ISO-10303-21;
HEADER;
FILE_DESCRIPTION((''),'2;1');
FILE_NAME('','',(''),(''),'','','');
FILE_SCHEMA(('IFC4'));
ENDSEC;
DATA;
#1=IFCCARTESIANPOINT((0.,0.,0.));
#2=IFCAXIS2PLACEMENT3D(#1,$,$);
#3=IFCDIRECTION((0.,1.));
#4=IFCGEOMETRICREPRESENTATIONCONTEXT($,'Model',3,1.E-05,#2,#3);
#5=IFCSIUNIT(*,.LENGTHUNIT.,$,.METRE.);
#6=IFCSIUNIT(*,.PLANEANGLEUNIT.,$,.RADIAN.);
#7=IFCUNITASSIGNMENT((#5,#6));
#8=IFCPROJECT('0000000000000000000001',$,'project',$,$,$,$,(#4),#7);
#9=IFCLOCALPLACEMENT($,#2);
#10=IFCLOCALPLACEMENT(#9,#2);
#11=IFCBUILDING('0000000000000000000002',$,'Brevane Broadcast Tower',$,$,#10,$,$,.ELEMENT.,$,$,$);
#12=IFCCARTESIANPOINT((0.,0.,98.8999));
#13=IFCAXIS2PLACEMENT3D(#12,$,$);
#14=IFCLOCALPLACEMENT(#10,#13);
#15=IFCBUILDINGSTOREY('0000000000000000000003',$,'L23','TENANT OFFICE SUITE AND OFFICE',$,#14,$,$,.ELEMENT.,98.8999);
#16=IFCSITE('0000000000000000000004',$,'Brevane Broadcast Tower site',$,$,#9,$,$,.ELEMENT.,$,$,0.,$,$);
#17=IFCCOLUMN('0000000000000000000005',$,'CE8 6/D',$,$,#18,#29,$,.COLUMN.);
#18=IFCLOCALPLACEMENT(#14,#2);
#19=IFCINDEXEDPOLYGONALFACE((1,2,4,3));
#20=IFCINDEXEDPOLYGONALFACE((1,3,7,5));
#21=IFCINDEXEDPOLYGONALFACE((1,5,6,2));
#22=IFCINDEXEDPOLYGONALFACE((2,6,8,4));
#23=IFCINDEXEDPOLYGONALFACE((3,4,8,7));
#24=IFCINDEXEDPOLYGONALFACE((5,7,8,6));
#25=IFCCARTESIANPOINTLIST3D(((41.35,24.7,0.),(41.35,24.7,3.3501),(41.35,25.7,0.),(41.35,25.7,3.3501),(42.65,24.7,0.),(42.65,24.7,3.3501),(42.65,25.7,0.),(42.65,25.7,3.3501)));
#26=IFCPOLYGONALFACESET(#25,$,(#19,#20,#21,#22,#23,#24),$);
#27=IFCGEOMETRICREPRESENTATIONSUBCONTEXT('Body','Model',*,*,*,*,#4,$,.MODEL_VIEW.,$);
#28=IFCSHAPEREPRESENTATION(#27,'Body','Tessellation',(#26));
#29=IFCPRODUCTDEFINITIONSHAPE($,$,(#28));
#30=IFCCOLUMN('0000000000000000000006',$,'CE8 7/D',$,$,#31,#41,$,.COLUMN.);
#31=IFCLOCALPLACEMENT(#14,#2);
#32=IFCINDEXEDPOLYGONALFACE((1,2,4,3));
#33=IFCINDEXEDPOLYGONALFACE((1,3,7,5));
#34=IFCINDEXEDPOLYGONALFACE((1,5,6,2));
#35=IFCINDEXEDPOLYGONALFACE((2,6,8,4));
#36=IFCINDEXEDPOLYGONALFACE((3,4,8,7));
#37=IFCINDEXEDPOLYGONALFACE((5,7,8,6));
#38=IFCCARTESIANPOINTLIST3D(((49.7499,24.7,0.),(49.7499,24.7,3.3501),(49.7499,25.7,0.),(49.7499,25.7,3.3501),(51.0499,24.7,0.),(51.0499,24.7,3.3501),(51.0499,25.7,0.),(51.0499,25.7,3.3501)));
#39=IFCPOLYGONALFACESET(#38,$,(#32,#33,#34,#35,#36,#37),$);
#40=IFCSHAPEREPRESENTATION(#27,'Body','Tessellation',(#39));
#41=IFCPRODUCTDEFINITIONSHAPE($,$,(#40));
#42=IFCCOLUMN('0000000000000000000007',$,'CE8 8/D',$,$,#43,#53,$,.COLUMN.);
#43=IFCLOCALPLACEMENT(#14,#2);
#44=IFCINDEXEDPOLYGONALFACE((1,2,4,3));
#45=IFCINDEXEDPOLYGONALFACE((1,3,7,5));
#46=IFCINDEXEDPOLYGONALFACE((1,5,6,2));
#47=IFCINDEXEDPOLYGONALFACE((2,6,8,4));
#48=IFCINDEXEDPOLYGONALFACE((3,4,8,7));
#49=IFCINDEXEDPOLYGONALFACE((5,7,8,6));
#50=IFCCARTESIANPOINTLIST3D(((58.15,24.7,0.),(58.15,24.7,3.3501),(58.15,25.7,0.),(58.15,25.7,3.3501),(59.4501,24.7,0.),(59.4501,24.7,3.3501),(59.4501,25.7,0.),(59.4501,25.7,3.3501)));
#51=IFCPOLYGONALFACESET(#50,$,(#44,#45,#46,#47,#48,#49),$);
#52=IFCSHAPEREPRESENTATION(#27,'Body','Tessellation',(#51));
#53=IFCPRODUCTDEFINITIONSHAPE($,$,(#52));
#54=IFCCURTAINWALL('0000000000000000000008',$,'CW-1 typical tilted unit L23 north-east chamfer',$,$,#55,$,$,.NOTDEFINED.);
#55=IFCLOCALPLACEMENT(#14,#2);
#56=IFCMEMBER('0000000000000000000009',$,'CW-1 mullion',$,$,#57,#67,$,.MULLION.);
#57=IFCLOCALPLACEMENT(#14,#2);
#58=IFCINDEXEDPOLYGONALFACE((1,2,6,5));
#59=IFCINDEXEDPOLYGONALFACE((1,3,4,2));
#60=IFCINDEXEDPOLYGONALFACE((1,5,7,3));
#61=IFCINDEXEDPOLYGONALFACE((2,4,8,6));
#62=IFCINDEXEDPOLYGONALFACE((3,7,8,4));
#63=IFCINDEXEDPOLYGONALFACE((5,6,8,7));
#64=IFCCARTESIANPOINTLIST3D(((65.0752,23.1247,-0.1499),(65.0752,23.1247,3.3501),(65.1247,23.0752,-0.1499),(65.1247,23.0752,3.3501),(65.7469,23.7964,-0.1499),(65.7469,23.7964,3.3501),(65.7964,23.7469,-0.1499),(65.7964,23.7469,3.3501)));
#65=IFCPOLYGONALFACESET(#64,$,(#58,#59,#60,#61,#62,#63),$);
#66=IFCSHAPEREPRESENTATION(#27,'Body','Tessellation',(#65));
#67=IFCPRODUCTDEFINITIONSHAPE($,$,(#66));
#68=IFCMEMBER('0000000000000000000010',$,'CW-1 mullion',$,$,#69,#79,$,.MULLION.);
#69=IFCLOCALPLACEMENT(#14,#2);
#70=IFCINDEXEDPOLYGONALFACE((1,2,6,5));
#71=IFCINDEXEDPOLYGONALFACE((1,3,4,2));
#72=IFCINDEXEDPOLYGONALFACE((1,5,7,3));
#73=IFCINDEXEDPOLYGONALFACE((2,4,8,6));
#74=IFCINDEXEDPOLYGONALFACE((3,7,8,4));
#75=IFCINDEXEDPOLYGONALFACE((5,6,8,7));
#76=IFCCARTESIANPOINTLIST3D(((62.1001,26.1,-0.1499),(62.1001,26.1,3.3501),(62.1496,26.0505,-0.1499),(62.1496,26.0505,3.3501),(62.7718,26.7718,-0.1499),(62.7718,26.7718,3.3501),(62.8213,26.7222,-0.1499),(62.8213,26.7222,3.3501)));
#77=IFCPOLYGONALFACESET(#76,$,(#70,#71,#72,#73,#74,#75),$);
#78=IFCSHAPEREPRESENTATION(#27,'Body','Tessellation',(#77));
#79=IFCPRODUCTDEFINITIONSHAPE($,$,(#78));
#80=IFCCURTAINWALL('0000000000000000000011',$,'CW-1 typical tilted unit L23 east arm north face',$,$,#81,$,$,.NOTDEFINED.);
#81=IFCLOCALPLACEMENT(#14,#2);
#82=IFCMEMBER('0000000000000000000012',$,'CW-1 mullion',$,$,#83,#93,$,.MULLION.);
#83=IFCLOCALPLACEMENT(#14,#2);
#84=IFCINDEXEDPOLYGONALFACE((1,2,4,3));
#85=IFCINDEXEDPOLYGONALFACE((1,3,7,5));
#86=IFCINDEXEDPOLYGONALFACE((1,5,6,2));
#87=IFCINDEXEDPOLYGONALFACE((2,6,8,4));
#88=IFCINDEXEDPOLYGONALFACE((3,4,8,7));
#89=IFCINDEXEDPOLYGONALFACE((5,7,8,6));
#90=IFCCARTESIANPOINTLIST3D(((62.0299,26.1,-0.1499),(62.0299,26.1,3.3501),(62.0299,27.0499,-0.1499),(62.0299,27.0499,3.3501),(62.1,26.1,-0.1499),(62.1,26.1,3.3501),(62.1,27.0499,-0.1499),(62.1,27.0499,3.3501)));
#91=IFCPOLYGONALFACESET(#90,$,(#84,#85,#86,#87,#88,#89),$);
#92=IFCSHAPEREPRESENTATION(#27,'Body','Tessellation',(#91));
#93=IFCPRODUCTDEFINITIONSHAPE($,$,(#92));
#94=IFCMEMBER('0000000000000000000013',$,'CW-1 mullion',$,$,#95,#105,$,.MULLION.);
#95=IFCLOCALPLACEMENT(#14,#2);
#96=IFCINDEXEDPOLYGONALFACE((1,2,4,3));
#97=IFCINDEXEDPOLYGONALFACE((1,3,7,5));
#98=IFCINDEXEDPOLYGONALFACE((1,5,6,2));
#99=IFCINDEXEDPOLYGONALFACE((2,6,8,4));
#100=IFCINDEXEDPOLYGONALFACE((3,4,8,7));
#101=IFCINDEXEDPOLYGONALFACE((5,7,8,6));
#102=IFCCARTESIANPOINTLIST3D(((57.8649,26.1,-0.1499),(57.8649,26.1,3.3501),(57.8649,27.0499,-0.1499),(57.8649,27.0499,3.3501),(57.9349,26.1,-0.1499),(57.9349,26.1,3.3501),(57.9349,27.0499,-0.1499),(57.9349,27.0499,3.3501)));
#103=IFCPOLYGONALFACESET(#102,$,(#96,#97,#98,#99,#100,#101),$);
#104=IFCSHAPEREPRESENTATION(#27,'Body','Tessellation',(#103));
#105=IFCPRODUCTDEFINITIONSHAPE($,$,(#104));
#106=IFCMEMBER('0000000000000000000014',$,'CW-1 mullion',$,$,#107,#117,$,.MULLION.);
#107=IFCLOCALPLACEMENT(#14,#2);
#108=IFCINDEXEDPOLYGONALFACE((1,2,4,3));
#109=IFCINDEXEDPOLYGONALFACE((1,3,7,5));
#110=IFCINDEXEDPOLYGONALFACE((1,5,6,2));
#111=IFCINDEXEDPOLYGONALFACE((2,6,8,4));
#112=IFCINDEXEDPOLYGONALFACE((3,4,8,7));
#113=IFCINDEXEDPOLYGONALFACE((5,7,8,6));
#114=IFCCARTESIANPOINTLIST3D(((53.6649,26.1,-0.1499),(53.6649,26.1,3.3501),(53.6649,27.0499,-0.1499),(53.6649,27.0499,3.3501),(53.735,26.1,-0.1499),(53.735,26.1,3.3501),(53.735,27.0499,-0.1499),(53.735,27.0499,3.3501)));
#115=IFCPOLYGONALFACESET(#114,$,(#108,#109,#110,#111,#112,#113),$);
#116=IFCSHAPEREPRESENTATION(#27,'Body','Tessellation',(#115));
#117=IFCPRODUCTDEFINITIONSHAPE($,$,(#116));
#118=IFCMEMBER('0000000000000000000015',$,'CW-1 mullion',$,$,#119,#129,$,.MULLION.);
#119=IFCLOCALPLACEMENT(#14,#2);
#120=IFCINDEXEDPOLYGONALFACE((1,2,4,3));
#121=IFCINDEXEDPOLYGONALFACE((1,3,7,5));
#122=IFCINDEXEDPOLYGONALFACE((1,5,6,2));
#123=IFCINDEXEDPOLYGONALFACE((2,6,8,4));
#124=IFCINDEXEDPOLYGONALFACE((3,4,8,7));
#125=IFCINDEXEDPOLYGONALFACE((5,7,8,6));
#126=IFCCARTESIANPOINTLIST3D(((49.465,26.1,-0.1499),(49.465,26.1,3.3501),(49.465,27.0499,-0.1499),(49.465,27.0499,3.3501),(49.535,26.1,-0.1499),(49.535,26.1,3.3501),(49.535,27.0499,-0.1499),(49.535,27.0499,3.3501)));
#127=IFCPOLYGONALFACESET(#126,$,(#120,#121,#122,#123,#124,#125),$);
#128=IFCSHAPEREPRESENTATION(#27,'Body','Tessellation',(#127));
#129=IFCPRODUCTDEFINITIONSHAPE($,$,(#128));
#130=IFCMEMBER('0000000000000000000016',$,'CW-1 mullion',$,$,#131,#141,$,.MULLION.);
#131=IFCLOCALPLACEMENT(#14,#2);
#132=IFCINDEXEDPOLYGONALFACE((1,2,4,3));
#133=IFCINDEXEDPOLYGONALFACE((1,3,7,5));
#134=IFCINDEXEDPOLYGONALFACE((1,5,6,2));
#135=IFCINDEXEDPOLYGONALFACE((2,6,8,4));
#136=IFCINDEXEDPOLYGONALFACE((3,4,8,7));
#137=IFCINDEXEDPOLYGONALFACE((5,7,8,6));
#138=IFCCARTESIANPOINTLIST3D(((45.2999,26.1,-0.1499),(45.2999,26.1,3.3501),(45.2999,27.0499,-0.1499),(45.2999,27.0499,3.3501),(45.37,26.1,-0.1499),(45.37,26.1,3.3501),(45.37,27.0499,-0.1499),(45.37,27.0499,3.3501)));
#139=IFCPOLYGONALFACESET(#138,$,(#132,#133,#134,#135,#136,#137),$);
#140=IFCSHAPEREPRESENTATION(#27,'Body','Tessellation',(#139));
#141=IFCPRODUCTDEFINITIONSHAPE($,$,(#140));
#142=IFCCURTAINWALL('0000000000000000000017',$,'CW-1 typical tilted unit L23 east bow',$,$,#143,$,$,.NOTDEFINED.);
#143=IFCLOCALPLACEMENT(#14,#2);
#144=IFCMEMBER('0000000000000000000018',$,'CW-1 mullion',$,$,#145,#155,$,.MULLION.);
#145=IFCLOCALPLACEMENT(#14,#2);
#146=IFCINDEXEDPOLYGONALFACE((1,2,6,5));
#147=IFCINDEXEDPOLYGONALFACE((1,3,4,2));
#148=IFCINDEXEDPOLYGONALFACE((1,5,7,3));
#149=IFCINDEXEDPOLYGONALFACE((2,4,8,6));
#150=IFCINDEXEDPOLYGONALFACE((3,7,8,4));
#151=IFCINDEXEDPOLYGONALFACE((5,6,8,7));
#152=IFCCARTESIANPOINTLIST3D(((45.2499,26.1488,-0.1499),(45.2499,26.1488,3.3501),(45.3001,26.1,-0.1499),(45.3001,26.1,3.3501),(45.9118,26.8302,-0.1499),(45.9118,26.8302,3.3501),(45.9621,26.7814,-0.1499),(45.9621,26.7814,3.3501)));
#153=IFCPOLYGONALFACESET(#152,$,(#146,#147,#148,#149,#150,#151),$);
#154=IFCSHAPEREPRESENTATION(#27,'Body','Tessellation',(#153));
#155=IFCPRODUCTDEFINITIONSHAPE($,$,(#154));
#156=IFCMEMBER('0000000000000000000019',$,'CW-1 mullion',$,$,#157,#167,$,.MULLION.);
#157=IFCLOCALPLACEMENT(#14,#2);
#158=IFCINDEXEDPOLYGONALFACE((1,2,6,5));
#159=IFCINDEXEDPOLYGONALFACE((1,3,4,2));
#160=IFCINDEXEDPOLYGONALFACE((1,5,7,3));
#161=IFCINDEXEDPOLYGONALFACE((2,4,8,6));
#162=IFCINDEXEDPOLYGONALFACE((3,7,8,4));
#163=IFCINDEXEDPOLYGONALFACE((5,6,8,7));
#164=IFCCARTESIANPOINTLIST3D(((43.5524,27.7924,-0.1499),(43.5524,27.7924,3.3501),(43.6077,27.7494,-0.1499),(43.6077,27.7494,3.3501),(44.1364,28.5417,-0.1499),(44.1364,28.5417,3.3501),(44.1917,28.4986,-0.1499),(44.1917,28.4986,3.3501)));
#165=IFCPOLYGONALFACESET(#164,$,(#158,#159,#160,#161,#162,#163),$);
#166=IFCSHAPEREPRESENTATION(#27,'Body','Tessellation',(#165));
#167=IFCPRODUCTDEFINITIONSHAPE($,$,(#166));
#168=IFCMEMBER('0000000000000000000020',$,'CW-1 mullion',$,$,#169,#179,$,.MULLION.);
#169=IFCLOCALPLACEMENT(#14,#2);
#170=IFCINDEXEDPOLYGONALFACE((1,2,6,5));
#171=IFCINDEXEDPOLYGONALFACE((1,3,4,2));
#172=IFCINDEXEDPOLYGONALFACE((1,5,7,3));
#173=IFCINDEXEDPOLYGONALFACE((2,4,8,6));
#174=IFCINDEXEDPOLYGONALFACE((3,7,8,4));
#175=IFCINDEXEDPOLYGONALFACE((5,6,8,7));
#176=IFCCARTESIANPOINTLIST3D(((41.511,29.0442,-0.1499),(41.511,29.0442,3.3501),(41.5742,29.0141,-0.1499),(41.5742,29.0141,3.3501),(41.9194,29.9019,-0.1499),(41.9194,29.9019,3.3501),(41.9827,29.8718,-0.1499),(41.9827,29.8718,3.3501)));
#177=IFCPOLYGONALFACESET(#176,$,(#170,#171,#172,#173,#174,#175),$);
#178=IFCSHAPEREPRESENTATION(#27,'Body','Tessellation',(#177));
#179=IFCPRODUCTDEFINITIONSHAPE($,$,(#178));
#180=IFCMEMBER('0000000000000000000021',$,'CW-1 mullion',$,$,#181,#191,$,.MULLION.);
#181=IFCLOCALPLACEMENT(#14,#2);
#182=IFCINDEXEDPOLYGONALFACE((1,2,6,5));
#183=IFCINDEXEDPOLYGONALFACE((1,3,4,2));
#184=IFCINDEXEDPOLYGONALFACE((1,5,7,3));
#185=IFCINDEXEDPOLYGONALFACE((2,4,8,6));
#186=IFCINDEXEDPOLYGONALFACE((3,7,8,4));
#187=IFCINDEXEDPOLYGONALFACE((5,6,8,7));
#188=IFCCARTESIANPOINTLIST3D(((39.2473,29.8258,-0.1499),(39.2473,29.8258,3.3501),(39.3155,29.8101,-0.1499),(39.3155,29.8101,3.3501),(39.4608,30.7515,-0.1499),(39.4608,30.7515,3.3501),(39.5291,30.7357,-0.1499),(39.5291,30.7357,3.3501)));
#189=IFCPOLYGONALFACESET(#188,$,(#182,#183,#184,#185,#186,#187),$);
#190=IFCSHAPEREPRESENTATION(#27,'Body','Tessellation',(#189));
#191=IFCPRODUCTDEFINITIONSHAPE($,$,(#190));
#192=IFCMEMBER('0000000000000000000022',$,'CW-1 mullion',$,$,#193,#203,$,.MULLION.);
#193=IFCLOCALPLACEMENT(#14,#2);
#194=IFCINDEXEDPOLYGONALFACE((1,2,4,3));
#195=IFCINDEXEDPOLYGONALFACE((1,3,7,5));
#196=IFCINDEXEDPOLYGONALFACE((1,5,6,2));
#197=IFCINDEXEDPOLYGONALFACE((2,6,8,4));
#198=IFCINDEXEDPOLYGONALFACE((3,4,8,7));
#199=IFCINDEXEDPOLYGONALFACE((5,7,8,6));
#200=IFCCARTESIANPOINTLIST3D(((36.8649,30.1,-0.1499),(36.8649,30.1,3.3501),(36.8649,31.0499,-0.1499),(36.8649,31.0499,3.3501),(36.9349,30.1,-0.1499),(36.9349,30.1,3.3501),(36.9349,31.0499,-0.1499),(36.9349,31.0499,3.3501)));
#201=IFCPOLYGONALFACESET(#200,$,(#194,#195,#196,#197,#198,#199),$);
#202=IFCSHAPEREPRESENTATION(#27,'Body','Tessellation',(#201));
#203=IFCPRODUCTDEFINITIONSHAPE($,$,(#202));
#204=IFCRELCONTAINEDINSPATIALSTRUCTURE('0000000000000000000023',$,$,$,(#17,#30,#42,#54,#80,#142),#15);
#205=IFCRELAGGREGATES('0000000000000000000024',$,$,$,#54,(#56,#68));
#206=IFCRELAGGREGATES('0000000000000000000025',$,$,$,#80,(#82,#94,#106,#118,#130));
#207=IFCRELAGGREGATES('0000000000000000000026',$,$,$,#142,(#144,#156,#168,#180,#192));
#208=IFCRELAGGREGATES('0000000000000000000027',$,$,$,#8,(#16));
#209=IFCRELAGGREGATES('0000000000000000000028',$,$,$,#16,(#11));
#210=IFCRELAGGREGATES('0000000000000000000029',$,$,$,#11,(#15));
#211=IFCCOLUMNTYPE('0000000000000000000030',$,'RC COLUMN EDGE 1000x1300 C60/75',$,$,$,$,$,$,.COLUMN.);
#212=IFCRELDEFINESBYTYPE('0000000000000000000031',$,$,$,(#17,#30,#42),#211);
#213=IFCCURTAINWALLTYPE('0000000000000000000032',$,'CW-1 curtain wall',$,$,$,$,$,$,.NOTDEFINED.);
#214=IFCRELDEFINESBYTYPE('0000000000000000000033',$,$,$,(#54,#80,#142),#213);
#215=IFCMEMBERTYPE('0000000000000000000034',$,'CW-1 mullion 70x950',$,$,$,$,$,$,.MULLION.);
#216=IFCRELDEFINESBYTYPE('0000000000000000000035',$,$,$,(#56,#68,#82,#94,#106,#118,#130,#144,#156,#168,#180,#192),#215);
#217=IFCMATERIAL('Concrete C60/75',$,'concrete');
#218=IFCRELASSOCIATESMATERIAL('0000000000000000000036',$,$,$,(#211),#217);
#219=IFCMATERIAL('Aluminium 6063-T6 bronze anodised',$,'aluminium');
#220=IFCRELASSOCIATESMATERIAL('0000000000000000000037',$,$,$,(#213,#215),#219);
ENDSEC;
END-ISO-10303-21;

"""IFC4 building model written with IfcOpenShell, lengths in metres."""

from ifc_helpers import new_model, si_unit, direction, frame, origin, origin_2d, place, context, subcontext, project, spatial, rectangle, extrude, material, material_profile, profile_set, type_object, element, aggregate, save


model = new_model("IFC4")

# Units and contexts
model_context = context("Model", 3, precision=1e-05, world=origin(), true_north=direction((0.0, 1.0)))
body_context = subcontext(model_context, "Body", "Model", "MODEL_VIEW")
ifc_project = project(units=[si_unit("LENGTHUNIT", "METRE"), si_unit("PLANEANGLEUNIT", "RADIAN")], contexts=[model_context])

# Site, building, storey
site_placement = place(None, origin())
site = spatial("IfcSite", under=ifc_project, at=site_placement, Name="Brevane Broadcast Tower site", CompositionType="ELEMENT", RefElevation=0.0)
building_placement = place(site_placement, origin())
building = spatial("IfcBuilding", under=site, at=building_placement, Name="Brevane Broadcast Tower", CompositionType="ELEMENT")
storey_placement = place(building_placement, frame((0.0, 0.0, 98.8999)))
storey = spatial("IfcBuildingStorey", under=building, at=storey_placement, Name="L23", Description="TENANT OFFICE SUITE AND OFFICE", CompositionType="ELEMENT", Elevation=98.8999)

# Columns
ifc_material_1 = material(Name="Concrete C60/75", Category="concrete")
ifc_material_profile_1 = material_profile(ifc_material_1, rectangle(XDim=1.0, YDim=1.3, at=origin_2d()), Name="RC 1000x1300")
ifc_profile_set_1 = profile_set([ifc_material_profile_1], Name="Concrete C60/75")
column_type = type_object("IfcColumnType", Name="RC COLUMN EDGE 1000x1300 C60/75", PredefinedType="COLUMN", material=ifc_profile_set_1)
for number, where, z_axis, x_axis, name in (
    (1, (42.0, 25.2, 0.0), (0.0, 0.0, 1.0), (0.0, 1.0, 0.0), "CE8 6/D"),
    (2, (50.3999, 25.2, 0.0), (0.0, 0.0, 1.0), (0.0, 1.0, 0.0), "CE8 7/D"),
    (3, (58.8, 25.2, 0.0), (0.0, 0.0, 1.0), (0.0, 1.0, 0.0), "CE8 8/D"),
):
    element("IfcColumn", number, at=place(storey_placement, frame(where, z_axis=z_axis, x_axis=x_axis)), inside=storey, type_object=column_type, Name=name, PredefinedType="COLUMN", context=body_context, shape_type="SweptSolid", body=[
        extrude(rectangle(XDim=1.0, YDim=1.3, at=origin_2d()), origin(), (0.0, 0.0, 1.0), 3.3501),
    ])

# Curtain walls, members
ifc_material_2 = material(Name="Aluminium 6063-T6 bronze anodised", Category="aluminium")
curtain_wall_type = type_object("IfcCurtainWallType", Name="CW-1 curtain wall", PredefinedType="NOTDEFINED", material=ifc_material_2)
curtain_wall_1_placement = place(storey_placement, origin())
curtain_wall_1 = element("IfcCurtainWall", 4, at=curtain_wall_1_placement, inside=storey, type_object=curtain_wall_type, Name="CW-1 typical tilted unit L23 north-east chamfer", PredefinedType="NOTDEFINED")
ifc_material_profile_2 = material_profile(ifc_material_2, rectangle(XDim=0.95, YDim=0.0701, at=origin_2d()), Name="RECT 70x950")
ifc_profile_set_2 = profile_set([ifc_material_profile_2], Name="Aluminium 6063-T6 bronze anodised")
member_type_1 = type_object("IfcMemberType", Name="CW-1 mullion 70x950", PredefinedType="MULLION", material=ifc_profile_set_2)
member_1_placement = place(storey_placement, frame((65.4358, 23.4358, -0.1499), z_axis=(0.0, 0.0, 1.0), x_axis=(-0.707107, -0.707107, 0.0)))
member_1 = element("IfcMember", 5, at=member_1_placement, type_object=member_type_1, Name="CW-1 mullion", PredefinedType="MULLION", context=body_context, shape_type="SweptSolid", body=[
    extrude(rectangle(XDim=0.95, YDim=0.0701, at=origin_2d()), origin(), (0.0, 0.0, 1.0), 3.5),
])
member_2_placement = place(storey_placement, frame((62.4607, 26.4111, -0.1499), z_axis=(0.0, 0.0, 1.0), x_axis=(-0.707107, -0.707107, 0.0)))
member_2 = element("IfcMember", 6, at=member_2_placement, type_object=member_type_1, Name="CW-1 mullion", PredefinedType="MULLION", context=body_context, shape_type="SweptSolid", body=[
    extrude(rectangle(XDim=0.95, YDim=0.0701, at=origin_2d()), origin(), (0.0, 0.0, 1.0), 3.5),
])
aggregate(curtain_wall_1, [member_1, member_2])
curtain_wall_2_placement = place(storey_placement, origin())
curtain_wall_2 = element("IfcCurtainWall", 7, at=curtain_wall_2_placement, inside=storey, type_object=curtain_wall_type, Name="CW-1 typical tilted unit L23 east arm north face", PredefinedType="NOTDEFINED")
member_3_placement = place(storey_placement, frame((62.0649, 26.575, -0.1499), z_axis=(0.0, 0.0, 1.0), x_axis=(0.0, -1.0, 0.0)))
member_3 = element("IfcMember", 8, at=member_3_placement, type_object=member_type_1, Name="CW-1 mullion", PredefinedType="MULLION", context=body_context, shape_type="SweptSolid", body=[
    extrude(rectangle(XDim=0.95, YDim=0.0701, at=origin_2d()), origin(), (0.0, 0.0, 1.0), 3.5),
])
member_4_placement = place(storey_placement, frame((57.8999, 26.575, -0.1499), z_axis=(0.0, 0.0, 1.0), x_axis=(0.0, -1.0, 0.0)))
member_4 = element("IfcMember", 9, at=member_4_placement, type_object=member_type_1, Name="CW-1 mullion", PredefinedType="MULLION", context=body_context, shape_type="SweptSolid", body=[
    extrude(rectangle(XDim=0.95, YDim=0.0701, at=origin_2d()), origin(), (0.0, 0.0, 1.0), 3.5),
])
member_5_placement = place(storey_placement, frame((53.7, 26.575, -0.1499), z_axis=(0.0, 0.0, 1.0), x_axis=(0.0, -1.0, 0.0)))
member_5 = element("IfcMember", 10, at=member_5_placement, type_object=member_type_1, Name="CW-1 mullion", PredefinedType="MULLION", context=body_context, shape_type="SweptSolid", body=[
    extrude(rectangle(XDim=0.95, YDim=0.0701, at=origin_2d()), origin(), (0.0, 0.0, 1.0), 3.5),
])
member_6_placement = place(storey_placement, frame((49.5, 26.575, -0.1499), z_axis=(0.0, 0.0, 1.0), x_axis=(0.0, -1.0, 0.0)))
member_6 = element("IfcMember", 11, at=member_6_placement, type_object=member_type_1, Name="CW-1 mullion", PredefinedType="MULLION", context=body_context, shape_type="SweptSolid", body=[
    extrude(rectangle(XDim=0.95, YDim=0.0701, at=origin_2d()), origin(), (0.0, 0.0, 1.0), 3.5),
])
member_7_placement = place(storey_placement, frame((45.335, 26.575, -0.1499), z_axis=(0.0, 0.0, 1.0), x_axis=(0.0, -1.0, 0.0)))
member_7 = element("IfcMember", 12, at=member_7_placement, type_object=member_type_1, Name="CW-1 mullion", PredefinedType="MULLION", context=body_context, shape_type="SweptSolid", body=[
    extrude(rectangle(XDim=0.95, YDim=0.0701, at=origin_2d()), origin(), (0.0, 0.0, 1.0), 3.5),
])
curtain_wall_3_placement = place(storey_placement, origin())
curtain_wall_3 = element("IfcCurtainWall", 13, at=curtain_wall_3_placement, inside=storey, type_object=curtain_wall_type, Name="CW-1 typical tilted unit L23 east bow", PredefinedType="NOTDEFINED")
member_8_placement = place(storey_placement, frame((45.606, 26.4651, -0.1499), z_axis=(0.0, 0.0, 1.0), x_axis=(-0.696812, -0.717254, 0.0)))
member_8 = element("IfcMember", 14, at=member_8_placement, type_object=member_type_1, Name="CW-1 mullion", PredefinedType="MULLION", context=body_context, shape_type="SweptSolid", body=[
    extrude(rectangle(XDim=0.95, YDim=0.0701, at=origin_2d()), origin(), (0.0, 0.0, 1.0), 3.5),
])
member_9_placement = place(storey_placement, frame((43.8721, 28.1455, -0.1499), z_axis=(0.0, 0.0, 1.0), x_axis=(-0.61477, -0.788707, 0.0)))
member_9 = element("IfcMember", 15, at=member_9_placement, type_object=member_type_1, Name="CW-1 mullion", PredefinedType="MULLION", context=body_context, shape_type="SweptSolid", body=[
    extrude(rectangle(XDim=0.95, YDim=0.0701, at=origin_2d()), origin(), (0.0, 0.0, 1.0), 3.5),
])
member_10_placement = place(storey_placement, frame((41.7468, 29.458, -0.1499), z_axis=(0.0, 0.0, 1.0), x_axis=(-0.429934, -0.902861, 0.0)))
member_10 = element("IfcMember", 16, at=member_10_placement, type_object=member_type_1, Name="CW-1 mullion", PredefinedType="MULLION", context=body_context, shape_type="SweptSolid", body=[
    extrude(rectangle(XDim=0.95, YDim=0.0701, at=origin_2d()), origin(), (0.0, 0.0, 1.0), 3.5),
])
member_11_placement = place(storey_placement, frame((39.3882, 30.2808, -0.1499), z_axis=(0.0, 0.0, 1.0), x_axis=(-0.224806, -0.974403, 0.0)))
member_11 = element("IfcMember", 17, at=member_11_placement, type_object=member_type_1, Name="CW-1 mullion", PredefinedType="MULLION", context=body_context, shape_type="SweptSolid", body=[
    extrude(rectangle(XDim=0.95, YDim=0.0701, at=origin_2d()), origin(), (0.0, 0.0, 1.0), 3.5),
])
member_12_placement = place(storey_placement, frame((36.8999, 30.575, -0.1499), z_axis=(0.0, 0.0, 1.0), x_axis=(0.0, -1.0, 0.0)))
member_12 = element("IfcMember", 18, at=member_12_placement, type_object=member_type_1, Name="CW-1 mullion", PredefinedType="MULLION", context=body_context, shape_type="SweptSolid", body=[
    extrude(rectangle(XDim=0.95, YDim=0.0701, at=origin_2d()), origin(), (0.0, 0.0, 1.0), 3.5),
])

aggregate(curtain_wall_2, [member_3, member_4, member_5, member_6, member_7])
aggregate(curtain_wall_3, [member_8, member_9, member_10, member_11, member_12])

save(model, "model.ifc")
